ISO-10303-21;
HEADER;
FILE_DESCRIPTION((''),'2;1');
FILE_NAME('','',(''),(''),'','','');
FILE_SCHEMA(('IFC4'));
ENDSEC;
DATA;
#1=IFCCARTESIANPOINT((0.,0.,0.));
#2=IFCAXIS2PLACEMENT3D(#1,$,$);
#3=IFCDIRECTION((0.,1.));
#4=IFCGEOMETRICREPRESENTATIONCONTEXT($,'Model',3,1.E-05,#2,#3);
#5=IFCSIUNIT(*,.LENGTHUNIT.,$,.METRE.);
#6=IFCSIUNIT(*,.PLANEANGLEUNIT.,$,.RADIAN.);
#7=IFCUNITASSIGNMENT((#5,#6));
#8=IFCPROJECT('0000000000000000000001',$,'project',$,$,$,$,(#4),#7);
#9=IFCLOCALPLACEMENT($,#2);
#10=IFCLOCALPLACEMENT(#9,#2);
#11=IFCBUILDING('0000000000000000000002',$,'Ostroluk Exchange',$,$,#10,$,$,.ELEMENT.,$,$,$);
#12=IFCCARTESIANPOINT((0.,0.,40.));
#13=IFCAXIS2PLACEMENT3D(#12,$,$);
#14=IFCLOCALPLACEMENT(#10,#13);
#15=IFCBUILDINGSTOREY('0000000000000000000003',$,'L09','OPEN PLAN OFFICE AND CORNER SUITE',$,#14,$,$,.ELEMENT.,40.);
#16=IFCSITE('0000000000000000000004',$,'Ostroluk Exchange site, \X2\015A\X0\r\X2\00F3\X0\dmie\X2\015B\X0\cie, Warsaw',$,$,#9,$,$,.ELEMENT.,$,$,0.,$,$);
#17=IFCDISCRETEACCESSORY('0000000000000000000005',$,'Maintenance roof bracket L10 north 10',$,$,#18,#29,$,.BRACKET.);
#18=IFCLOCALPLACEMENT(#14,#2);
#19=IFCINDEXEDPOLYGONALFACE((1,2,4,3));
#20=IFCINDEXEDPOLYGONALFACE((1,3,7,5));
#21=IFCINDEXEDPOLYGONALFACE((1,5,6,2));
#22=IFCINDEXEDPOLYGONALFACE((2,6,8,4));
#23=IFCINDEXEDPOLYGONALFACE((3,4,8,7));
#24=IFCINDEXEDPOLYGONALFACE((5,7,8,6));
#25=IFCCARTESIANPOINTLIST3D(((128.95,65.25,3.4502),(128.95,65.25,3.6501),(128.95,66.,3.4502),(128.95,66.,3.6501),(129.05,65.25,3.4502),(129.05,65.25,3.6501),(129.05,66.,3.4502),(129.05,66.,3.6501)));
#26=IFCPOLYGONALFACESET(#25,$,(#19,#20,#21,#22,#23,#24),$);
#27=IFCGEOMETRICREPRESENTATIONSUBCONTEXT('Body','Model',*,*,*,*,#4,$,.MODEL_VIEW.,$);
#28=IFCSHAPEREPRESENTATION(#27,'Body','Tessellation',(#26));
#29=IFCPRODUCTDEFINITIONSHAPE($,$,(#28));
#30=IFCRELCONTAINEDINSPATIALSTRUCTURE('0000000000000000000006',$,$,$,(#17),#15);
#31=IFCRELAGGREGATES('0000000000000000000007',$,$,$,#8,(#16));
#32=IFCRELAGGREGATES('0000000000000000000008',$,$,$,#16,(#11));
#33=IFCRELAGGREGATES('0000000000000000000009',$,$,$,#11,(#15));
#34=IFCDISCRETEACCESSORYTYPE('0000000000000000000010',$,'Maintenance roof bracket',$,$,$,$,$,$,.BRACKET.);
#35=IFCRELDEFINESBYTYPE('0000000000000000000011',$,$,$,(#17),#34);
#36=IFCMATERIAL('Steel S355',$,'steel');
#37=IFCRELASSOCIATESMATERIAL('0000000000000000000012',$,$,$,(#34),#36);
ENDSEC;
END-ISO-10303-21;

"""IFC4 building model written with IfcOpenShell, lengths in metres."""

from ifc_helpers import new_model, si_unit, direction, frame, origin, origin_2d, place, context, subcontext, project, spatial, rectangle, extrude, material, type_object, element, save


model = new_model("IFC4")

# Units and contexts
model_context = context("Model", 3, precision=1e-05, world=origin(), true_north=direction((0.0, 1.0)))
body_context = subcontext(model_context, "Body", "Model", "MODEL_VIEW")
ifc_project = project(units=[si_unit("LENGTHUNIT", "METRE"), si_unit("PLANEANGLEUNIT", "RADIAN")], contexts=[model_context])

# Site, building, storey
site_placement = place(None, origin())
site = spatial("IfcSite", under=ifc_project, at=site_placement, Name="Ostroluk Exchange site, Śródmieście, Warsaw", CompositionType="ELEMENT", RefElevation=0.0)
building_placement = place(site_placement, origin())
building = spatial("IfcBuilding", under=site, at=building_placement, Name="Ostroluk Exchange", CompositionType="ELEMENT")
storey_placement = place(building_placement, frame((0.0, 0.0, 40.0)))
storey = spatial("IfcBuildingStorey", under=building, at=storey_placement, Name="L09", Description="OPEN PLAN OFFICE AND CORNER SUITE", CompositionType="ELEMENT", Elevation=40.0)

# Discrete accessory
ifc_material_1 = material(Name="Steel S355", Category="steel")
discrete_accessory_type = type_object("IfcDiscreteAccessoryType", Name="Maintenance roof bracket", PredefinedType="BRACKET", material=ifc_material_1)
for number, where, z_axis, x_axis, name in (
    (1, (129.0, 65.625, 3.4502), (0.0, 0.0, 1.0), (1.0, 0.0, 0.0), "Maintenance roof bracket L10 north 10"),
):
    element("IfcDiscreteAccessory", number, at=place(storey_placement, frame(where, z_axis=z_axis, x_axis=x_axis)), inside=storey, type_object=discrete_accessory_type, Name=name, PredefinedType="BRACKET", context=body_context, shape_type="SweptSolid", body=[
        extrude(rectangle(XDim=0.1001, YDim=0.75, at=origin_2d()), origin(), (0.0, 0.0, 1.0), 0.2),
    ])

save(model, "model.ifc")
